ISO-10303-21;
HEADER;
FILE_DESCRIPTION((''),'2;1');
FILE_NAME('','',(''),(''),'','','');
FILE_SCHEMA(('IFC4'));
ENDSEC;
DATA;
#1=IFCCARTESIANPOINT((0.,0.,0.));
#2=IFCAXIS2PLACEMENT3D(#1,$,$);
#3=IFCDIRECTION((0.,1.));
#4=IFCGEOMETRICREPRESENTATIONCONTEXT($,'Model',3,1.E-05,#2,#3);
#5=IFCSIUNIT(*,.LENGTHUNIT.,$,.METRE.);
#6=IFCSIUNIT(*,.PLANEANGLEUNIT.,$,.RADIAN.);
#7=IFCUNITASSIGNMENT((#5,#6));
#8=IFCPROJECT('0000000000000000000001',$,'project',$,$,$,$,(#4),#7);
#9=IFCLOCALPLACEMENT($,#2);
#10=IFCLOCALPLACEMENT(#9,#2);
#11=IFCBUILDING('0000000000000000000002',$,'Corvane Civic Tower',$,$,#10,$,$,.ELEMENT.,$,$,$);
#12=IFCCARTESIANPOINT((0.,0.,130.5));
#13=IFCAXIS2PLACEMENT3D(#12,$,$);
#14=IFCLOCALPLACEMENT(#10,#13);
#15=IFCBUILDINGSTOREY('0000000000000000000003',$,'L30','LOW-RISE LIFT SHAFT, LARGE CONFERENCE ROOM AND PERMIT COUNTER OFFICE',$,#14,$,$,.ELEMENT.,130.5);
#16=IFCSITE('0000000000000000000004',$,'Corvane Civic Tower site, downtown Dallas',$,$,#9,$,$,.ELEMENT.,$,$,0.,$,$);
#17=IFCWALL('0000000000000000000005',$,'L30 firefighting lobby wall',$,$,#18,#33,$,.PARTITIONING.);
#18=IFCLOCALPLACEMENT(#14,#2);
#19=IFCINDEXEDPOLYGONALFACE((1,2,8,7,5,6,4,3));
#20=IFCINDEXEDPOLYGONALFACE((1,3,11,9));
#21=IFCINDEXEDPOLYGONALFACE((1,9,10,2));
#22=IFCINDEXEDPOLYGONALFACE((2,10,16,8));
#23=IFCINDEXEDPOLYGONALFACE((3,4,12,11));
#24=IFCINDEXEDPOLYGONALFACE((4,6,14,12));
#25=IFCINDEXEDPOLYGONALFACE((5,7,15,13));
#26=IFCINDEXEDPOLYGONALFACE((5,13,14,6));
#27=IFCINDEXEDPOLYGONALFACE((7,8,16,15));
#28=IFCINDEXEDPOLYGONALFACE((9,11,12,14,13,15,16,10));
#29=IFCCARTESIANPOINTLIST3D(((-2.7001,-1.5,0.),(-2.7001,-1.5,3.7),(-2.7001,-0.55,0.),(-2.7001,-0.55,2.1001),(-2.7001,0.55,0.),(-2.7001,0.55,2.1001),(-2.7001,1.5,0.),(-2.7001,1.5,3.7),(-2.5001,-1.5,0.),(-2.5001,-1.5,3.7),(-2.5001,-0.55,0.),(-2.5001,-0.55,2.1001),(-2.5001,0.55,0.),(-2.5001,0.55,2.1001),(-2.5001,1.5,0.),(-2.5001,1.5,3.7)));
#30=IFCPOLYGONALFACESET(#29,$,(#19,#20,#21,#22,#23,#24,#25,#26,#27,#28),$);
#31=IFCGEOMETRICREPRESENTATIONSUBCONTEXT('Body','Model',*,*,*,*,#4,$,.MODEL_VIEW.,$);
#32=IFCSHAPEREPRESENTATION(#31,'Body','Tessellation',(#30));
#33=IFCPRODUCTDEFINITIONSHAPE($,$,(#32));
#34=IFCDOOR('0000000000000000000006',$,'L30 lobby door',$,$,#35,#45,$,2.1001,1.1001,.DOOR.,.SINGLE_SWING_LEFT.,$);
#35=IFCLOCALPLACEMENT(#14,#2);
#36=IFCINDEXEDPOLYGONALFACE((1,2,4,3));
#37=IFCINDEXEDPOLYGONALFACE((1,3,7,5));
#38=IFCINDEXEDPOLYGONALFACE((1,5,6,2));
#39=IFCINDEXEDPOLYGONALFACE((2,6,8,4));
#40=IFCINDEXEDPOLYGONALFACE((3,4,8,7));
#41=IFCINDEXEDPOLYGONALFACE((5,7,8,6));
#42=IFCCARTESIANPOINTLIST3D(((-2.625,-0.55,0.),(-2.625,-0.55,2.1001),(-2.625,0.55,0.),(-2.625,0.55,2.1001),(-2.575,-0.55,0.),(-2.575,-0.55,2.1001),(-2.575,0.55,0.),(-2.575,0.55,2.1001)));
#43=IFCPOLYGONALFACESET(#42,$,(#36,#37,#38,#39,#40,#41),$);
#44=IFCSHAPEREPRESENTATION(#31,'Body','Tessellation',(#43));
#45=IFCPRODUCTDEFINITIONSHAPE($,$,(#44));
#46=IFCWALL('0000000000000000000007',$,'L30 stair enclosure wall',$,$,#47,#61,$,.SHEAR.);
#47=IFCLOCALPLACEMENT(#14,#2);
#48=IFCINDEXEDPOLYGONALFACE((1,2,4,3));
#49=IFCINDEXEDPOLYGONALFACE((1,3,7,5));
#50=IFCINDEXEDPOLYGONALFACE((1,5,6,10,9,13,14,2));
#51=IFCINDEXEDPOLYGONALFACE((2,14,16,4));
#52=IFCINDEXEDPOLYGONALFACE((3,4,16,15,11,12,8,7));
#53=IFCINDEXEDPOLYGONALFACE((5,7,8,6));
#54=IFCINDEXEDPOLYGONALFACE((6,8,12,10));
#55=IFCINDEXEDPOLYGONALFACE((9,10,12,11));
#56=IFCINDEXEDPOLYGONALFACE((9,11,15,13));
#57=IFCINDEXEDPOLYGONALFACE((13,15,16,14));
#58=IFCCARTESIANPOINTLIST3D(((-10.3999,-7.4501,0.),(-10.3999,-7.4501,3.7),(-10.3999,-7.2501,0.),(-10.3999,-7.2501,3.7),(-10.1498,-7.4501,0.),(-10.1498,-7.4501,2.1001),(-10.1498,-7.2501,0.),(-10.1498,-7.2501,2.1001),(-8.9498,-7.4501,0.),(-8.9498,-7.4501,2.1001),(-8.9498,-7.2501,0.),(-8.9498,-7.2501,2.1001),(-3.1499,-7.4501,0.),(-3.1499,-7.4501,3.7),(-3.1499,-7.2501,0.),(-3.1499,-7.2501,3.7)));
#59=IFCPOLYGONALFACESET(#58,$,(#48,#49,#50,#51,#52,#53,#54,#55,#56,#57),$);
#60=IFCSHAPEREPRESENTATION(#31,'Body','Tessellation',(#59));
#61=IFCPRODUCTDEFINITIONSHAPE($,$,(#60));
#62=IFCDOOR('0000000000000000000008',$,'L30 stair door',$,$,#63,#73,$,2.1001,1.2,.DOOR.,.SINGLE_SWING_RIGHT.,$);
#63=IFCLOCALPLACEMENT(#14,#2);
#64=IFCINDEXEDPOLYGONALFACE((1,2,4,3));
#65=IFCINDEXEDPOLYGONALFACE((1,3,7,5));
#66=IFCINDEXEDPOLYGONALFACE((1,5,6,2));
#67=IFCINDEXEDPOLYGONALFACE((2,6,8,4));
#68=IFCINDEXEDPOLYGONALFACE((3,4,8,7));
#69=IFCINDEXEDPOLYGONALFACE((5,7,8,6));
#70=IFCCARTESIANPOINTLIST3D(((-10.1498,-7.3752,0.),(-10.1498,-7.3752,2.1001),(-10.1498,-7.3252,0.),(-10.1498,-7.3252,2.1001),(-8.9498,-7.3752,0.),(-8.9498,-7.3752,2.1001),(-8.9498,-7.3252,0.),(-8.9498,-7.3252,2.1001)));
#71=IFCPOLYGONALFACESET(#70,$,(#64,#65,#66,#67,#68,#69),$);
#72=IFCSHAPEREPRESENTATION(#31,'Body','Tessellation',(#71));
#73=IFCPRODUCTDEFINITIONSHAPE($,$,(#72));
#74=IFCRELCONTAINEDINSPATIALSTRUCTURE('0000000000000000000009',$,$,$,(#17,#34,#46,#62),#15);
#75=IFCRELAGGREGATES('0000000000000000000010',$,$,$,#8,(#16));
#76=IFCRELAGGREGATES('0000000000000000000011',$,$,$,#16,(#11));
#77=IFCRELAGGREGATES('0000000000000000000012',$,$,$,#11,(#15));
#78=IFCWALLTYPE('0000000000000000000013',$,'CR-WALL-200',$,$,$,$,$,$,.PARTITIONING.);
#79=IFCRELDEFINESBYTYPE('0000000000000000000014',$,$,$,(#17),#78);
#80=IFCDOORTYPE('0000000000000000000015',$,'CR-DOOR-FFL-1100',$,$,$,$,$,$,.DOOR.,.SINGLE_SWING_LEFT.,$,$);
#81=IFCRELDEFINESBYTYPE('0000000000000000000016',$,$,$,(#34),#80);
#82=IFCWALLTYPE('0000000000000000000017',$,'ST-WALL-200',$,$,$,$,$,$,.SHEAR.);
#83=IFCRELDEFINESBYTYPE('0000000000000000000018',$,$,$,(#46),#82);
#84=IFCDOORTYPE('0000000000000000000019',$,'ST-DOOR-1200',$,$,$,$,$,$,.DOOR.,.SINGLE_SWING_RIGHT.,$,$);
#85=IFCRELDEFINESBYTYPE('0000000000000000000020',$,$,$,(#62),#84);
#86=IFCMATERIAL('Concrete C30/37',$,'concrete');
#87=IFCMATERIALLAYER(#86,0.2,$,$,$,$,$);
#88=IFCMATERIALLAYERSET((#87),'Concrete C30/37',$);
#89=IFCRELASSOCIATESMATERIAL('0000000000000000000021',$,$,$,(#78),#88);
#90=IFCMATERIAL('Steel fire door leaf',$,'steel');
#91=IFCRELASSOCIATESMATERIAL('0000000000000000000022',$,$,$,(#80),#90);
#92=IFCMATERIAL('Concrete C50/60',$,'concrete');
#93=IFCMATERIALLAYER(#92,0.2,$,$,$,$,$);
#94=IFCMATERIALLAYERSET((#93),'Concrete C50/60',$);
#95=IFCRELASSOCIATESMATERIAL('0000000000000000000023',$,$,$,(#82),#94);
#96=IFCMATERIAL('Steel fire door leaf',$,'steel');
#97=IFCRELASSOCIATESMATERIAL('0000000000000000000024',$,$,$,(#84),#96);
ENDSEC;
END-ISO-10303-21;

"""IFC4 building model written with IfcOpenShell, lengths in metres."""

from ifc_helpers import new_model, si_unit, direction, frame, frame_2d, origin, place, context, subcontext, project, spatial, rectangle, extrude, material, layer, layer_set, type_object, element, fill, save


model = new_model("IFC4")

# Units and contexts
model_context = context("Model", 3, precision=1e-05, world=origin(), true_north=direction((0.0, 1.0)))
body_context = subcontext(model_context, "Body", "Model", "MODEL_VIEW")
ifc_project = project(units=[si_unit("LENGTHUNIT", "METRE"), si_unit("PLANEANGLEUNIT", "RADIAN")], contexts=[model_context])

# Site, building, storey
site_placement = place(None, origin())
site = spatial("IfcSite", under=ifc_project, at=site_placement, Name="Corvane Civic Tower site, downtown Dallas", CompositionType="ELEMENT", RefElevation=0.0)
building_placement = place(site_placement, origin())
building = spatial("IfcBuilding", under=site, at=building_placement, Name="Corvane Civic Tower", CompositionType="ELEMENT")
storey_placement = place(building_placement, frame((0.0, 0.0, 130.5)))
storey = spatial("IfcBuildingStorey", under=building, at=storey_placement, Name="L30", Description="LOW-RISE LIFT SHAFT, LARGE CONFERENCE ROOM AND PERMIT COUNTER OFFICE", CompositionType="ELEMENT", Elevation=130.5)

# Shared definitions
ifc_material_1 = material(Name="Concrete C30/37", Category="concrete")
ifc_layer_1 = layer(ifc_material_1, 0.2)
ifc_layer_set_1 = layer_set([ifc_layer_1], Name="Concrete C30/37")
wall_type_1 = type_object("IfcWallType", Name="CR-WALL-200", PredefinedType="PARTITIONING", material=ifc_layer_set_1)

# Walls, openings, doors
ifc_material_2 = material(Name="Steel fire door leaf", Category="steel")
door_type_1 = type_object("IfcDoorType", Name="CR-DOOR-FFL-1100", OperationType="SINGLE_SWING_LEFT", PredefinedType="DOOR", material=ifc_material_2)
wall_1_placement = place(storey_placement, frame((-2.6001, -1.5, 0.0), z_axis=(0.0, 0.0, 1.0), x_axis=(0.0, 1.0, 0.0)))
wall_1 = element("IfcWall", 1, at=wall_1_placement, inside=storey, type_object=wall_type_1, Name="L30 firefighting lobby wall", PredefinedType="PARTITIONING", context=body_context, shape_type="SweptSolid", body=[
    extrude(rectangle(XDim=3.0, YDim=0.2, at=frame_2d((1.5, 0.0))), origin(), (0.0, 0.0, 1.0), 3.7),
])
opening_1_placement = place(wall_1_placement, frame((0.95, 0.0, 0.0)))
opening_1 = element("IfcOpeningElement", 2, at=opening_1_placement, cuts=wall_1, PredefinedType="OPENING", context=body_context, shape_type="SweptSolid", body=[
    extrude(rectangle(XDim=1.1001, YDim=2.1001, at=frame_2d((0.55, 1.05))), frame((0.0, 0.1099, 0.0), z_axis=(0.0, -1.0, 0.0), x_axis=(1.0, 0.0, 0.0)), (0.0, 0.0, 1.0), 0.22),
])
door_1_placement = place(opening_1_placement, origin())
door_1 = element("IfcDoor", 3, at=door_1_placement, inside=storey, type_object=door_type_1, Name="L30 lobby door", OperationType="SINGLE_SWING_LEFT", OverallHeight=2.1001, OverallWidth=1.1001, PredefinedType="DOOR", context=body_context, shape_type="SweptSolid", body=[
    extrude(rectangle(XDim=1.1001, YDim=2.1001, at=frame_2d((0.55, 1.05))), frame((0.0, 0.0249, 0.0), z_axis=(0.0, -1.0, 0.0), x_axis=(1.0, 0.0, 0.0)), (0.0, 0.0, 1.0), 0.05),
])
fill(opening_1, door_1)
ifc_material_3 = material(Name="Concrete C50/60", Category="concrete")
ifc_layer_2 = layer(ifc_material_3, 0.2)
ifc_layer_set_2 = layer_set([ifc_layer_2], Name="Concrete C50/60")
wall_type_2 = type_object("IfcWallType", Name="ST-WALL-200", PredefinedType="SHEAR", material=ifc_layer_set_2)
wall_2_placement = place(storey_placement, frame((-10.3999, -7.3501, 0.0), z_axis=(0.0, 0.0, 1.0), x_axis=(1.0, 0.0, 0.0)))
wall_2 = element("IfcWall", 4, at=wall_2_placement, inside=storey, type_object=wall_type_2, Name="L30 stair enclosure wall", PredefinedType="SHEAR", context=body_context, shape_type="SweptSolid", body=[
    extrude(rectangle(XDim=7.25, YDim=0.2, at=frame_2d((3.625, 0.0))), origin(), (0.0, 0.0, 1.0), 3.7),
])
opening_2_placement = place(wall_2_placement, frame((0.25, 0.0, 0.0)))
opening_2 = element("IfcOpeningElement", 5, at=opening_2_placement, cuts=wall_2, PredefinedType="OPENING", context=body_context, shape_type="SweptSolid", body=[
    extrude(rectangle(XDim=1.2, YDim=2.1001, at=frame_2d((0.6001, 1.05))), frame((0.0, 0.1099, 0.0), z_axis=(0.0, -1.0, 0.0), x_axis=(1.0, 0.0, 0.0)), (0.0, 0.0, 1.0), 0.22),
])
ifc_material_4 = material(Name="Steel fire door leaf", Category="steel")
door_type_2 = type_object("IfcDoorType", Name="ST-DOOR-1200", OperationType="SINGLE_SWING_RIGHT", PredefinedType="DOOR", material=ifc_material_4)
door_2_placement = place(opening_2_placement, origin())
door_2 = element("IfcDoor", 6, at=door_2_placement, inside=storey, type_object=door_type_2, Name="L30 stair door", OperationType="SINGLE_SWING_RIGHT", OverallHeight=2.1001, OverallWidth=1.2, PredefinedType="DOOR", context=body_context, shape_type="SweptSolid", body=[
    extrude(rectangle(XDim=1.2, YDim=2.1001, at=frame_2d((0.6001, 1.05))), frame((0.0, 0.0249, 0.0), z_axis=(0.0, -1.0, 0.0), x_axis=(1.0, 0.0, 0.0)), (0.0, 0.0, 1.0), 0.05),
])
fill(opening_2, door_2)

save(model, "model.ifc")
